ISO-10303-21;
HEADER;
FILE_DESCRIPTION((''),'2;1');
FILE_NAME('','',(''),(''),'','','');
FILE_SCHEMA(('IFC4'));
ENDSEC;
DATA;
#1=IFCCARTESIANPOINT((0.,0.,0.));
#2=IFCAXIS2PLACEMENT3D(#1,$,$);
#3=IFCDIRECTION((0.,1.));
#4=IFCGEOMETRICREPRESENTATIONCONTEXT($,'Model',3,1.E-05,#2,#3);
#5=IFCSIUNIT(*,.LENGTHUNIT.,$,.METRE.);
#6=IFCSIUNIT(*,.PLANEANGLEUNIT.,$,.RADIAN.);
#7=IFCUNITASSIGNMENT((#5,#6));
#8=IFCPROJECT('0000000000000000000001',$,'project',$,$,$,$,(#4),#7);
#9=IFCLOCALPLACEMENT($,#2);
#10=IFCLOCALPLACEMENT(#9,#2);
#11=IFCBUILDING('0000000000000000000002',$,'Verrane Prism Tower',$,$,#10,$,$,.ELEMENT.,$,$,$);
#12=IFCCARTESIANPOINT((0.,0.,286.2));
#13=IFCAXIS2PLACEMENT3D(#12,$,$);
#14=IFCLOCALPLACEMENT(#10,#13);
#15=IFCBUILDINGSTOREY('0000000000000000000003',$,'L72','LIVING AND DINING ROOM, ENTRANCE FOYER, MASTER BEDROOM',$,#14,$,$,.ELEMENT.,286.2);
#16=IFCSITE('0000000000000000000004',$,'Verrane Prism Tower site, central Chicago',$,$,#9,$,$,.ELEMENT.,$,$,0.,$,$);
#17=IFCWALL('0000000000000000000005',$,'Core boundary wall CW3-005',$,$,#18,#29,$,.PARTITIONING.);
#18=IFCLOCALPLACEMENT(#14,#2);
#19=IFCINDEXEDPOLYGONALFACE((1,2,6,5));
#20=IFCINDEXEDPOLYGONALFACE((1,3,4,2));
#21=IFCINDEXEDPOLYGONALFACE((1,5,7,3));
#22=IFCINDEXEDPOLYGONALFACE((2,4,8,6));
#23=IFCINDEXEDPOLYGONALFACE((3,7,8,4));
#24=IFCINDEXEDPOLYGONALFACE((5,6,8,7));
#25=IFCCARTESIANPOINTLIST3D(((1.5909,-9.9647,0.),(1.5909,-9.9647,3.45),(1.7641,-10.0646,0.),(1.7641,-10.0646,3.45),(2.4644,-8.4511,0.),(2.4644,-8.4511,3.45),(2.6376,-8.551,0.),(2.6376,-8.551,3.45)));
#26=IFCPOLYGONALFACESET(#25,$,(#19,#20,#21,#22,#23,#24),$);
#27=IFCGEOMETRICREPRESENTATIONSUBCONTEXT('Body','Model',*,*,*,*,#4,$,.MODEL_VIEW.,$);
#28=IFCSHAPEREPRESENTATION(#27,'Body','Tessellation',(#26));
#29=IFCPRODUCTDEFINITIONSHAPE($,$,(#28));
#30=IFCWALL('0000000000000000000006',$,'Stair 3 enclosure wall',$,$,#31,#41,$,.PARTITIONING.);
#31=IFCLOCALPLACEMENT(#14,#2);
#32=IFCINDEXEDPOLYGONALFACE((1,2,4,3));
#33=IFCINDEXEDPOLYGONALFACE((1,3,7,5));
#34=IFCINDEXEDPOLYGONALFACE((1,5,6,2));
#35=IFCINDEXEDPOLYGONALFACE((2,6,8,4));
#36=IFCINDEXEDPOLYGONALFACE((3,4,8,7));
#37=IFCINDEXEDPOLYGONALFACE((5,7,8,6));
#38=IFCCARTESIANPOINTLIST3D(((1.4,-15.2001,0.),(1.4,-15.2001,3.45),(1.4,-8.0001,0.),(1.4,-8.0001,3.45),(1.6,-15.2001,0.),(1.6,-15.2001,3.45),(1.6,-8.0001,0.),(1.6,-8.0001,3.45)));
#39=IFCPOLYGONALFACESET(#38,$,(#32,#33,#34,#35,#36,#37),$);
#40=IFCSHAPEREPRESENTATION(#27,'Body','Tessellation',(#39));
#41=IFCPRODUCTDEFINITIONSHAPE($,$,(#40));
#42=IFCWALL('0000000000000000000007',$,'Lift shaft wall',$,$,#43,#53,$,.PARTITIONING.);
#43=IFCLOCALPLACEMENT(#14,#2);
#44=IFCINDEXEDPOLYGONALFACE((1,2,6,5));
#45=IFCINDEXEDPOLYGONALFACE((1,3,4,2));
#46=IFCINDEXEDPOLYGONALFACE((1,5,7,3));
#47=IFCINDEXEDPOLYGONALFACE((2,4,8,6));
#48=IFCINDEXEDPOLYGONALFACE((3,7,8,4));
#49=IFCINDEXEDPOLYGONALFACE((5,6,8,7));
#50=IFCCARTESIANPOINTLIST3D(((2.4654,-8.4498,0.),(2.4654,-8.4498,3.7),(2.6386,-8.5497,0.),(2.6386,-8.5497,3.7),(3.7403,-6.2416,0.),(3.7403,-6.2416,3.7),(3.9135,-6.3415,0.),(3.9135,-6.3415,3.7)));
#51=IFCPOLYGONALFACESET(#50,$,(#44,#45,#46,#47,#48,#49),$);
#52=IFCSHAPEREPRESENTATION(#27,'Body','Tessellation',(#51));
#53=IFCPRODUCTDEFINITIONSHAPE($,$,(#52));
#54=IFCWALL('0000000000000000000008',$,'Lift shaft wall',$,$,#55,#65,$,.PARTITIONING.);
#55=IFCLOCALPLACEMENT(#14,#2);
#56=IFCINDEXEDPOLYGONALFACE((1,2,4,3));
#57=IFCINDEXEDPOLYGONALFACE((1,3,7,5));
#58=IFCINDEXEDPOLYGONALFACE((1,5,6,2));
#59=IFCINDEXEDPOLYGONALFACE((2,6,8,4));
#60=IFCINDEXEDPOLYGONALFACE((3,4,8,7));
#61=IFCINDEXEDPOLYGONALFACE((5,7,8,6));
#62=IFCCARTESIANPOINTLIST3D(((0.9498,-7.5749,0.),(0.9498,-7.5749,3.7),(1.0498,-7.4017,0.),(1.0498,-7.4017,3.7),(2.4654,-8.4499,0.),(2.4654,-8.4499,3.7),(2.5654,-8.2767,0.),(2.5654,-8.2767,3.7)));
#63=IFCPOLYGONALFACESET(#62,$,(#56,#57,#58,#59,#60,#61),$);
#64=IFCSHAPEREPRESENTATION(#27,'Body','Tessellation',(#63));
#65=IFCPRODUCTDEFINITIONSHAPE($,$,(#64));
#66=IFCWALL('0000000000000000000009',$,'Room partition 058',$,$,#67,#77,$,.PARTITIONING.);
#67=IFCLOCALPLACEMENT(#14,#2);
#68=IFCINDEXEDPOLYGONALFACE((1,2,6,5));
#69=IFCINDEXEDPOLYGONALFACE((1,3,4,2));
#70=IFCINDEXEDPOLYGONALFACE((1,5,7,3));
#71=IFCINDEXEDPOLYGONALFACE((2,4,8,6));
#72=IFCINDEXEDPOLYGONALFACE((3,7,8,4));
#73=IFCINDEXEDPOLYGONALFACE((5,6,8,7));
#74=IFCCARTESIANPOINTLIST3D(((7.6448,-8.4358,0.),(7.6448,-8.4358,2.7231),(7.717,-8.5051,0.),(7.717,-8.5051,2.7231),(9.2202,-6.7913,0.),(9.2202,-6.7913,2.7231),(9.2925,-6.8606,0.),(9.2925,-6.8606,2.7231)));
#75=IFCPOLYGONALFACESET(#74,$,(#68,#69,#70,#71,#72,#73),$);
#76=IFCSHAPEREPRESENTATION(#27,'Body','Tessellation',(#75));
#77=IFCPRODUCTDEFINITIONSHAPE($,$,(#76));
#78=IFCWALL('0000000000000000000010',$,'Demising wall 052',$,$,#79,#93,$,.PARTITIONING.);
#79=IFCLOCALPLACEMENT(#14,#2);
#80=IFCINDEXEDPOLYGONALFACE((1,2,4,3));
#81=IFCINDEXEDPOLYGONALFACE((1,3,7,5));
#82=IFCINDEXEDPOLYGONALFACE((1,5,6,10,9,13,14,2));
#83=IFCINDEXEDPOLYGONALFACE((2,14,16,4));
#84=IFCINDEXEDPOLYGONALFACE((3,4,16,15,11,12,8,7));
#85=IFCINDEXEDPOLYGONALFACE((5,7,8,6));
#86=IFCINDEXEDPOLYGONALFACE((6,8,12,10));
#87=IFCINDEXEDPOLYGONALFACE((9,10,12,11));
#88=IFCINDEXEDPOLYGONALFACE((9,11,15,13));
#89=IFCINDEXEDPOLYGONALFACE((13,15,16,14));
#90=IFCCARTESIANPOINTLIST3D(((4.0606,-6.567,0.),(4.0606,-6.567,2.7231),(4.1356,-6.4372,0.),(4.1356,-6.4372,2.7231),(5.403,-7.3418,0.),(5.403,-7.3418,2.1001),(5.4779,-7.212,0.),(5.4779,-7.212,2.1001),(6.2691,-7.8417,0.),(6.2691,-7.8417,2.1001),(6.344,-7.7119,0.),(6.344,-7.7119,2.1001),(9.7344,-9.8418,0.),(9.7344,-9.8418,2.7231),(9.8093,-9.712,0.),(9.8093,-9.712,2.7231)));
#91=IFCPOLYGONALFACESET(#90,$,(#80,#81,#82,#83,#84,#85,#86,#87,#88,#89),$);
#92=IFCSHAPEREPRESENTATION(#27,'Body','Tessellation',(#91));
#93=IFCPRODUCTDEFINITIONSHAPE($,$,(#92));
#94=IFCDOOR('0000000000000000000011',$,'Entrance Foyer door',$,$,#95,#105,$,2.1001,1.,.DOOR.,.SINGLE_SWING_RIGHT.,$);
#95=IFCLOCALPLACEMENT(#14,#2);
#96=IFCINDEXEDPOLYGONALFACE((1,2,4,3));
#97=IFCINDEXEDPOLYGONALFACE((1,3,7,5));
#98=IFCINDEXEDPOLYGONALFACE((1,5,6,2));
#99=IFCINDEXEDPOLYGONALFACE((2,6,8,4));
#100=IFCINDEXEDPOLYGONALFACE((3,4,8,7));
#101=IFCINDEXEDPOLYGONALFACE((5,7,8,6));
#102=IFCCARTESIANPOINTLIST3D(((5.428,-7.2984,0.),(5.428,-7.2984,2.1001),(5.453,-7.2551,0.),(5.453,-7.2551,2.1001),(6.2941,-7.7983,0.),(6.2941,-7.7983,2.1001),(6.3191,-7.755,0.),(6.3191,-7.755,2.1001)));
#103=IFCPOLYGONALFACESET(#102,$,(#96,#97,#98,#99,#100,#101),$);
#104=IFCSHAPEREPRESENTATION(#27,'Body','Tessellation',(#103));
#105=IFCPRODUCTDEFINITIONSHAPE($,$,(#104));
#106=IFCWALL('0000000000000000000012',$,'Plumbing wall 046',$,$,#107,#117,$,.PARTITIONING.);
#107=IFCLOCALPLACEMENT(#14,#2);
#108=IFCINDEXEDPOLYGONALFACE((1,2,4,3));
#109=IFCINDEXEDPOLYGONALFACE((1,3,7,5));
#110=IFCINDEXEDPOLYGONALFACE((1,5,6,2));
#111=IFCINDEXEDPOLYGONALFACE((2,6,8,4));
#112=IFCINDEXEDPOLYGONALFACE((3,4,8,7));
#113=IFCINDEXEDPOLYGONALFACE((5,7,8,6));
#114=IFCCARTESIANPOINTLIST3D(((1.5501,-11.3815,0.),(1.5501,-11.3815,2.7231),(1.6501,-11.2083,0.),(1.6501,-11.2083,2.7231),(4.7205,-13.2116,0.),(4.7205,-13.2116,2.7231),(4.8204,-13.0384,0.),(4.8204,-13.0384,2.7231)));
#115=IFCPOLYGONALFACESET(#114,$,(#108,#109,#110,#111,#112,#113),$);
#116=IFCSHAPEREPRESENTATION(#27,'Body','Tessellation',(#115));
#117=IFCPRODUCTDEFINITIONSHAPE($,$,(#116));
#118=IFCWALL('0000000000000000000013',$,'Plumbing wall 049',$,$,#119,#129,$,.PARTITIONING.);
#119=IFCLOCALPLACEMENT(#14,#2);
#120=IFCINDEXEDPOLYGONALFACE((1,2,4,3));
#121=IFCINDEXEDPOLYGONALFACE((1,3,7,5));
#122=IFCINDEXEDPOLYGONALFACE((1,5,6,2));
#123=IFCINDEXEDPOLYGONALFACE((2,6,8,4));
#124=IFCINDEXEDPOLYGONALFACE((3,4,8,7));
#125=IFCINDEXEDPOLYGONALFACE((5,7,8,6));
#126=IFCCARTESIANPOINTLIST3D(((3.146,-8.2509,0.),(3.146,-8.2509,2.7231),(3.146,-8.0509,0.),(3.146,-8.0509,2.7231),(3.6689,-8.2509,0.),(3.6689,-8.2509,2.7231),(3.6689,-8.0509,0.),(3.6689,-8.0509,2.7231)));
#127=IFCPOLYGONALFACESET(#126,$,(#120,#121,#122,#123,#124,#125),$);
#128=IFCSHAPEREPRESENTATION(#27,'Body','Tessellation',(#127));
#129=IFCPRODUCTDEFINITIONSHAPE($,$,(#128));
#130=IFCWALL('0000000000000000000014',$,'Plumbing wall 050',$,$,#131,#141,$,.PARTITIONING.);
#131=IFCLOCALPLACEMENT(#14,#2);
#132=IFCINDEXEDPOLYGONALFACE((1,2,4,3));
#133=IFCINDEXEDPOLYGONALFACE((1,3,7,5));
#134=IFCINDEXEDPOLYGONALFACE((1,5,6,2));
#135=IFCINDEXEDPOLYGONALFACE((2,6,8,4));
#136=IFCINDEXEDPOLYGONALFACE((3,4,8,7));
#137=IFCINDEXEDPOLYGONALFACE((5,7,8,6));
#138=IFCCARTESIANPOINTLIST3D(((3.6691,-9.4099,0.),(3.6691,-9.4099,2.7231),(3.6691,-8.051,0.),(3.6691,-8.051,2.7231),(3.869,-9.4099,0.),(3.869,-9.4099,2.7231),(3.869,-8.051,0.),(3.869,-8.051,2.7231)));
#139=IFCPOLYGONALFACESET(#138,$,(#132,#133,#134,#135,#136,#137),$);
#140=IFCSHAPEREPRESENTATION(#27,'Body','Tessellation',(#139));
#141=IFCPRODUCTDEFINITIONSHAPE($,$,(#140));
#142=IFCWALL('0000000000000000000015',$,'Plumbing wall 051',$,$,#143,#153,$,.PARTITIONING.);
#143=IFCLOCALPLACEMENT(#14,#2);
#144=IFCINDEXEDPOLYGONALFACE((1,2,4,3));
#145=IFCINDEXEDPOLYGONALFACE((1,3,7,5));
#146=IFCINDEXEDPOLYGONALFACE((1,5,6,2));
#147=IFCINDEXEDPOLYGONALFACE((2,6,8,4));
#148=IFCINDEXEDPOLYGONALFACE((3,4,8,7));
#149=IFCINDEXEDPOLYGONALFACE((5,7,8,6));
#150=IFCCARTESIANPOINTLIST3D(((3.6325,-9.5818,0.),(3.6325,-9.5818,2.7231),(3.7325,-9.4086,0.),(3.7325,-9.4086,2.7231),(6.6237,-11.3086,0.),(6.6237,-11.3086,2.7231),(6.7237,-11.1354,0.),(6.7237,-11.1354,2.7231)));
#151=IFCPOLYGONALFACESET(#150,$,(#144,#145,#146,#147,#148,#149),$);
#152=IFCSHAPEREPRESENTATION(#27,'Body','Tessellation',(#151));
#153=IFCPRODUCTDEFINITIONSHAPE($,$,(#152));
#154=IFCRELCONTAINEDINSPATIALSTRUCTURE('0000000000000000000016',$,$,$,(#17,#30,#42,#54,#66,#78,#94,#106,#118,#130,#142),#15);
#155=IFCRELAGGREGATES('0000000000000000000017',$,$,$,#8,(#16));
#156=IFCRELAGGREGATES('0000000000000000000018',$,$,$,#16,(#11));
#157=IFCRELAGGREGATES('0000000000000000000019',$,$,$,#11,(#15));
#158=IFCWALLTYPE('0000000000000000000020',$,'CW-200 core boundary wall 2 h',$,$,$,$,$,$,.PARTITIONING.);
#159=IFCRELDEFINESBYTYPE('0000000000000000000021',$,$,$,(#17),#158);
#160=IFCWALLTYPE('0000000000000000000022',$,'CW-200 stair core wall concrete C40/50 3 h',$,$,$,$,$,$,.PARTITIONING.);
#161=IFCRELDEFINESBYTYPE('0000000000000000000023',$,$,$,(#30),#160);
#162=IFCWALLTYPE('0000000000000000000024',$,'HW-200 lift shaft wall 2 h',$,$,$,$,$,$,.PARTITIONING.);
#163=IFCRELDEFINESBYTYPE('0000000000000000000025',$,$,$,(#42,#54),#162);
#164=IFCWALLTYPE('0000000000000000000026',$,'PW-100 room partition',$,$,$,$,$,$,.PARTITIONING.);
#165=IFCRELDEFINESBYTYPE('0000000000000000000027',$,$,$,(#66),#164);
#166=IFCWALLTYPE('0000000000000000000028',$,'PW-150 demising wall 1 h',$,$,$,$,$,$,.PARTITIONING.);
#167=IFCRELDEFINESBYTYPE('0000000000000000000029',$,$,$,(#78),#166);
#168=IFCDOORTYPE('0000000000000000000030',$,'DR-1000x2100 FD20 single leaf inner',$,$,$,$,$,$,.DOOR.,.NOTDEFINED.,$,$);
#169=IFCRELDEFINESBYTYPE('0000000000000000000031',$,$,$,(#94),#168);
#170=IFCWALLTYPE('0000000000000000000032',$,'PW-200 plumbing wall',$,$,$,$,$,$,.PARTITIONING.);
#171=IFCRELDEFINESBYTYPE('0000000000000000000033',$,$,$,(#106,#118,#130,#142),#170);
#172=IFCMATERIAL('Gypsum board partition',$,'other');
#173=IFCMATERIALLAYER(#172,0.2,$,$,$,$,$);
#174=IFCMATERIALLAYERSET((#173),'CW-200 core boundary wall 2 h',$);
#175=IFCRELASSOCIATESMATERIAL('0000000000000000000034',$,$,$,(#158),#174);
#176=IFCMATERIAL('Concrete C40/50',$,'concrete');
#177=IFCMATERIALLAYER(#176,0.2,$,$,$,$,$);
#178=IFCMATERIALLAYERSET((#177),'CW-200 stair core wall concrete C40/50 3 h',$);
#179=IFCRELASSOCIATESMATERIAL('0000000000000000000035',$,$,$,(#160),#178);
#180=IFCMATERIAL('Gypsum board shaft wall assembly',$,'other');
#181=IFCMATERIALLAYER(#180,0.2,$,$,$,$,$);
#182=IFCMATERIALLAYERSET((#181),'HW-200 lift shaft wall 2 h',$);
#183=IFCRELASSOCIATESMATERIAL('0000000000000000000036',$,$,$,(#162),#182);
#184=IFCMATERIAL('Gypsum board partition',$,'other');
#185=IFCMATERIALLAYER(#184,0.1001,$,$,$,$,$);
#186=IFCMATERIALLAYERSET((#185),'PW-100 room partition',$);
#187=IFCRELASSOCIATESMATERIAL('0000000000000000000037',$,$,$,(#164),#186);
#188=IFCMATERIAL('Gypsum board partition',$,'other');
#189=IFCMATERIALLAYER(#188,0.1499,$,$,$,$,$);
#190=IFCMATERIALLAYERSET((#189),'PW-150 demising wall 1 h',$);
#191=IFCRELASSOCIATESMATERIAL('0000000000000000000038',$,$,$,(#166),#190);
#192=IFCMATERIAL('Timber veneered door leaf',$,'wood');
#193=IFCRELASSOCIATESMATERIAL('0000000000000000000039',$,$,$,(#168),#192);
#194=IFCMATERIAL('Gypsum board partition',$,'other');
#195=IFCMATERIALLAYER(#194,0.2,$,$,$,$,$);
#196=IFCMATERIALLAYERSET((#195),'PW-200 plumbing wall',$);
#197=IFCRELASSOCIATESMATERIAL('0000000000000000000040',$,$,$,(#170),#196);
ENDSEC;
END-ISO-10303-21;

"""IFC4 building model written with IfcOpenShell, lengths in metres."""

from ifc_helpers import new_model, si_unit, direction, frame, frame_2d, origin, place, context, subcontext, project, spatial, rectangle, extrude, material, layer, layer_set, type_object, element, fill, save


model = new_model("IFC4")

# Units and contexts
model_context = context("Model", 3, precision=1e-05, world=origin(), true_north=direction((0.0, 1.0)))
body_context = subcontext(model_context, "Body", "Model", "MODEL_VIEW")
ifc_project = project(units=[si_unit("LENGTHUNIT", "METRE"), si_unit("PLANEANGLEUNIT", "RADIAN")], contexts=[model_context])

# Site, building, storey
site_placement = place(None, origin())
site = spatial("IfcSite", under=ifc_project, at=site_placement, Name="Verrane Prism Tower site, central Chicago", CompositionType="ELEMENT", RefElevation=0.0)
building_placement = place(site_placement, origin())
building = spatial("IfcBuilding", under=site, at=building_placement, Name="Verrane Prism Tower", CompositionType="ELEMENT")
storey_placement = place(building_placement, frame((0.0, 0.0, 286.2)))
storey = spatial("IfcBuildingStorey", under=building, at=storey_placement, Name="L72", Description="LIVING AND DINING ROOM, ENTRANCE FOYER, MASTER BEDROOM", CompositionType="ELEMENT", Elevation=286.2)

# Walls
ifc_material_1 = material(Name="Gypsum board partition", Category="other")
ifc_layer_1 = layer(ifc_material_1, 0.2)
ifc_layer_set_1 = layer_set([ifc_layer_1], Name="CW-200 core boundary wall 2 h")
wall_type_1 = type_object("IfcWallType", Name="CW-200 core boundary wall 2 h", PredefinedType="PARTITIONING", material=ifc_layer_set_1)
wall_1_placement = place(storey_placement, frame((1.6775, -10.0146, 0.0), z_axis=(0.0, 0.0, 1.0), x_axis=(0.499835, 0.86612, 0.0)))
element("IfcWall", 1, at=wall_1_placement, inside=storey, type_object=wall_type_1, Name="Core boundary wall CW3-005", PredefinedType="PARTITIONING", context=body_context, shape_type="SweptSolid", body=[
    extrude(rectangle(XDim=1.7476, YDim=0.2, at=frame_2d((0.8738, 0.0))), origin(), (0.0, 0.0, 1.0), 3.45),
])
ifc_material_2 = material(Name="Concrete C40/50", Category="concrete")
ifc_layer_2 = layer(ifc_material_2, 0.2)
ifc_layer_set_2 = layer_set([ifc_layer_2], Name="CW-200 stair core wall concrete C40/50 3 h")
wall_type_2 = type_object("IfcWallType", Name="CW-200 stair core wall concrete C40/50 3 h", PredefinedType="PARTITIONING", material=ifc_layer_set_2)
wall_2_placement = place(storey_placement, frame((1.5, -8.0, 0.0), z_axis=(0.0, 0.0, 1.0), x_axis=(0.0, -1.0, 0.0)))
element("IfcWall", 2, at=wall_2_placement, inside=storey, type_object=wall_type_2, Name="Stair 3 enclosure wall", PredefinedType="PARTITIONING", context=body_context, shape_type="SweptSolid", body=[
    extrude(rectangle(XDim=7.2, YDim=0.2, at=frame_2d((3.6001, 0.0))), origin(), (0.0, 0.0, 1.0), 3.45),
])
ifc_material_3 = material(Name="Gypsum board shaft wall assembly", Category="other")
ifc_layer_3 = layer(ifc_material_3, 0.2)
ifc_layer_set_3 = layer_set([ifc_layer_3], Name="HW-200 lift shaft wall 2 h")
wall_type_3 = type_object("IfcWallType", Name="HW-200 lift shaft wall 2 h", PredefinedType="PARTITIONING", material=ifc_layer_set_3)
wall_3_placement = place(storey_placement, frame((2.552, -8.4998, 0.0), z_axis=(0.0, 0.0, 1.0), x_axis=(0.49999, 0.866031, 0.0)))
element("IfcWall", 3, at=wall_3_placement, inside=storey, type_object=wall_type_3, Name="Lift shaft wall", PredefinedType="PARTITIONING", context=body_context, shape_type="SweptSolid", body=[
    extrude(rectangle(XDim=2.5498, YDim=0.2, at=frame_2d((1.2749, 0.0))), origin(), (0.0, 0.0, 1.0), 3.7),
])
wall_4_placement = place(storey_placement, frame((2.5154, -8.3633, 0.0), z_axis=(0.0, 0.0, 1.0), x_axis=(-0.866037, 0.49998, 0.0)))
element("IfcWall", 4, at=wall_4_placement, inside=storey, type_object=wall_type_3, Name="Lift shaft wall", PredefinedType="PARTITIONING", context=body_context, shape_type="SweptSolid", body=[
    extrude(rectangle(XDim=1.75, YDim=0.2, at=frame_2d((0.875, 0.0))), origin(), (0.0, 0.0, 1.0), 3.7),
])
ifc_material_4 = material(Name="Gypsum board partition", Category="other")
ifc_layer_4 = layer(ifc_material_4, 0.1001)
ifc_layer_set_4 = layer_set([ifc_layer_4], Name="PW-100 room partition")
wall_type_4 = type_object("IfcWallType", Name="PW-100 room partition", PredefinedType="PARTITIONING", material=ifc_layer_set_4)
wall_5_placement = place(storey_placement, frame((7.6809, -8.4705, 0.0), z_axis=(0.0, 0.0, 1.0), x_axis=(0.691775, 0.722113, 0.0)))
element("IfcWall", 5, at=wall_5_placement, inside=storey, type_object=wall_type_4, Name="Room partition 058", PredefinedType="PARTITIONING", context=body_context, shape_type="SweptSolid", body=[
    extrude(rectangle(XDim=2.2773, YDim=0.1001, at=frame_2d((1.1387, 0.0))), origin(), (0.0, 0.0, 1.0), 2.7231),
])

# Wall, opening, door
ifc_material_5 = material(Name="Gypsum board partition", Category="other")
ifc_layer_5 = layer(ifc_material_5, 0.1499)
ifc_layer_set_5 = layer_set([ifc_layer_5], Name="PW-150 demising wall 1 h")
wall_type_5 = type_object("IfcWallType", Name="PW-150 demising wall 1 h", PredefinedType="PARTITIONING", material=ifc_layer_set_5)
wall_6_placement = place(storey_placement, frame((9.7717, -9.7769, 0.0), z_axis=(0.0, 0.0, 1.0), x_axis=(-0.866084, 0.499899, 0.0)))
wall_6 = element("IfcWall", 6, at=wall_6_placement, inside=storey, type_object=wall_type_5, Name="Demising wall 052", PredefinedType="PARTITIONING", context=body_context, shape_type="SweptSolid", body=[
    extrude(rectangle(XDim=6.551, YDim=0.1499, at=frame_2d((3.2754, 0.0))), origin(), (0.0, 0.0, 1.0), 2.7231),
])
opening_1_placement = place(wall_6_placement, frame((4.001, 0.0, 0.0)))
opening_1 = element("IfcOpeningElement", 7, at=opening_1_placement, cuts=wall_6, PredefinedType="OPENING", context=body_context, shape_type="SweptSolid", body=[
    extrude(rectangle(XDim=1.0, YDim=2.1001, at=frame_2d((0.5, 1.05))), frame((0.0, 0.085, 0.0), z_axis=(0.0, -1.0, 0.0), x_axis=(1.0, 0.0, 0.0)), (0.0, 0.0, 1.0), 0.1699),
])
ifc_material_6 = material(Name="Timber veneered door leaf", Category="wood")
door_type_1 = type_object("IfcDoorType", Name="DR-1000x2100 FD20 single leaf inner", OperationType="NOTDEFINED", PredefinedType="DOOR", material=ifc_material_6)
door_1_placement = place(opening_1_placement, origin())
door_1 = element("IfcDoor", 8, at=door_1_placement, inside=storey, type_object=door_type_1, Name="Entrance Foyer door", OperationType="SINGLE_SWING_RIGHT", OverallHeight=2.1001, OverallWidth=1.0, PredefinedType="DOOR", context=body_context, shape_type="SweptSolid", body=[
    extrude(rectangle(XDim=1.0, YDim=2.1001, at=frame_2d((0.5, 1.05))), frame((0.0, 0.0249, 0.0), z_axis=(0.0, -1.0, 0.0), x_axis=(1.0, 0.0, 0.0)), (0.0, 0.0, 1.0), 0.05),
])
fill(opening_1, door_1)

# Walls
ifc_material_7 = material(Name="Gypsum board partition", Category="other")
ifc_layer_6 = layer(ifc_material_7, 0.2)
ifc_layer_set_6 = layer_set([ifc_layer_6], Name="PW-200 plumbing wall")
wall_type_6 = type_object("IfcWallType", Name="PW-200 plumbing wall", PredefinedType="PARTITIONING", material=ifc_layer_set_6)
wall_7_placement = place(storey_placement, frame((1.6001, -11.2949, 0.0), z_axis=(0.0, 0.0, 1.0), x_axis=(0.866068, -0.499926, 0.0)))
element("IfcWall", 9, at=wall_7_placement, inside=storey, type_object=wall_type_6, Name="Plumbing wall 046", PredefinedType="PARTITIONING", context=body_context, shape_type="SweptSolid", body=[
    extrude(rectangle(XDim=3.6606, YDim=0.2, at=frame_2d((1.8303, 0.0))), origin(), (0.0, 0.0, 1.0), 2.7231),
])
wall_8_placement = place(storey_placement, frame((3.146, -8.1509, 0.0), z_axis=(0.0, 0.0, 1.0), x_axis=(1.0, 0.0, 0.0)))
element("IfcWall", 10, at=wall_8_placement, inside=storey, type_object=wall_type_6, Name="Plumbing wall 049", PredefinedType="PARTITIONING", context=body_context, shape_type="SweptSolid", body=[
    extrude(rectangle(XDim=0.5229, YDim=0.2, at=frame_2d((0.2615, 0.0))), origin(), (0.0, 0.0, 1.0), 2.7231),
])
wall_9_placement = place(storey_placement, frame((3.769, -9.4099, 0.0), z_axis=(0.0, 0.0, 1.0), x_axis=(0.0, 1.0, 0.0)))
element("IfcWall", 11, at=wall_9_placement, inside=storey, type_object=wall_type_6, Name="Plumbing wall 050", PredefinedType="PARTITIONING", context=body_context, shape_type="SweptSolid", body=[
    extrude(rectangle(XDim=1.3589, YDim=0.2, at=frame_2d((0.6794, 0.0))), origin(), (0.0, 0.0, 1.0), 2.7231),
])
wall_10_placement = place(storey_placement, frame((3.6824, -9.4951, 0.0), z_axis=(0.0, 0.0, 1.0), x_axis=(0.866047, -0.499963, 0.0)))
element("IfcWall", 12, at=wall_10_placement, inside=storey, type_object=wall_type_6, Name="Plumbing wall 051", PredefinedType="PARTITIONING", context=body_context, shape_type="SweptSolid", body=[
    extrude(rectangle(XDim=3.4539, YDim=0.2, at=frame_2d((1.7271, 0.0))), origin(), (0.0, 0.0, 1.0), 2.7231),
])

save(model, "model.ifc")
